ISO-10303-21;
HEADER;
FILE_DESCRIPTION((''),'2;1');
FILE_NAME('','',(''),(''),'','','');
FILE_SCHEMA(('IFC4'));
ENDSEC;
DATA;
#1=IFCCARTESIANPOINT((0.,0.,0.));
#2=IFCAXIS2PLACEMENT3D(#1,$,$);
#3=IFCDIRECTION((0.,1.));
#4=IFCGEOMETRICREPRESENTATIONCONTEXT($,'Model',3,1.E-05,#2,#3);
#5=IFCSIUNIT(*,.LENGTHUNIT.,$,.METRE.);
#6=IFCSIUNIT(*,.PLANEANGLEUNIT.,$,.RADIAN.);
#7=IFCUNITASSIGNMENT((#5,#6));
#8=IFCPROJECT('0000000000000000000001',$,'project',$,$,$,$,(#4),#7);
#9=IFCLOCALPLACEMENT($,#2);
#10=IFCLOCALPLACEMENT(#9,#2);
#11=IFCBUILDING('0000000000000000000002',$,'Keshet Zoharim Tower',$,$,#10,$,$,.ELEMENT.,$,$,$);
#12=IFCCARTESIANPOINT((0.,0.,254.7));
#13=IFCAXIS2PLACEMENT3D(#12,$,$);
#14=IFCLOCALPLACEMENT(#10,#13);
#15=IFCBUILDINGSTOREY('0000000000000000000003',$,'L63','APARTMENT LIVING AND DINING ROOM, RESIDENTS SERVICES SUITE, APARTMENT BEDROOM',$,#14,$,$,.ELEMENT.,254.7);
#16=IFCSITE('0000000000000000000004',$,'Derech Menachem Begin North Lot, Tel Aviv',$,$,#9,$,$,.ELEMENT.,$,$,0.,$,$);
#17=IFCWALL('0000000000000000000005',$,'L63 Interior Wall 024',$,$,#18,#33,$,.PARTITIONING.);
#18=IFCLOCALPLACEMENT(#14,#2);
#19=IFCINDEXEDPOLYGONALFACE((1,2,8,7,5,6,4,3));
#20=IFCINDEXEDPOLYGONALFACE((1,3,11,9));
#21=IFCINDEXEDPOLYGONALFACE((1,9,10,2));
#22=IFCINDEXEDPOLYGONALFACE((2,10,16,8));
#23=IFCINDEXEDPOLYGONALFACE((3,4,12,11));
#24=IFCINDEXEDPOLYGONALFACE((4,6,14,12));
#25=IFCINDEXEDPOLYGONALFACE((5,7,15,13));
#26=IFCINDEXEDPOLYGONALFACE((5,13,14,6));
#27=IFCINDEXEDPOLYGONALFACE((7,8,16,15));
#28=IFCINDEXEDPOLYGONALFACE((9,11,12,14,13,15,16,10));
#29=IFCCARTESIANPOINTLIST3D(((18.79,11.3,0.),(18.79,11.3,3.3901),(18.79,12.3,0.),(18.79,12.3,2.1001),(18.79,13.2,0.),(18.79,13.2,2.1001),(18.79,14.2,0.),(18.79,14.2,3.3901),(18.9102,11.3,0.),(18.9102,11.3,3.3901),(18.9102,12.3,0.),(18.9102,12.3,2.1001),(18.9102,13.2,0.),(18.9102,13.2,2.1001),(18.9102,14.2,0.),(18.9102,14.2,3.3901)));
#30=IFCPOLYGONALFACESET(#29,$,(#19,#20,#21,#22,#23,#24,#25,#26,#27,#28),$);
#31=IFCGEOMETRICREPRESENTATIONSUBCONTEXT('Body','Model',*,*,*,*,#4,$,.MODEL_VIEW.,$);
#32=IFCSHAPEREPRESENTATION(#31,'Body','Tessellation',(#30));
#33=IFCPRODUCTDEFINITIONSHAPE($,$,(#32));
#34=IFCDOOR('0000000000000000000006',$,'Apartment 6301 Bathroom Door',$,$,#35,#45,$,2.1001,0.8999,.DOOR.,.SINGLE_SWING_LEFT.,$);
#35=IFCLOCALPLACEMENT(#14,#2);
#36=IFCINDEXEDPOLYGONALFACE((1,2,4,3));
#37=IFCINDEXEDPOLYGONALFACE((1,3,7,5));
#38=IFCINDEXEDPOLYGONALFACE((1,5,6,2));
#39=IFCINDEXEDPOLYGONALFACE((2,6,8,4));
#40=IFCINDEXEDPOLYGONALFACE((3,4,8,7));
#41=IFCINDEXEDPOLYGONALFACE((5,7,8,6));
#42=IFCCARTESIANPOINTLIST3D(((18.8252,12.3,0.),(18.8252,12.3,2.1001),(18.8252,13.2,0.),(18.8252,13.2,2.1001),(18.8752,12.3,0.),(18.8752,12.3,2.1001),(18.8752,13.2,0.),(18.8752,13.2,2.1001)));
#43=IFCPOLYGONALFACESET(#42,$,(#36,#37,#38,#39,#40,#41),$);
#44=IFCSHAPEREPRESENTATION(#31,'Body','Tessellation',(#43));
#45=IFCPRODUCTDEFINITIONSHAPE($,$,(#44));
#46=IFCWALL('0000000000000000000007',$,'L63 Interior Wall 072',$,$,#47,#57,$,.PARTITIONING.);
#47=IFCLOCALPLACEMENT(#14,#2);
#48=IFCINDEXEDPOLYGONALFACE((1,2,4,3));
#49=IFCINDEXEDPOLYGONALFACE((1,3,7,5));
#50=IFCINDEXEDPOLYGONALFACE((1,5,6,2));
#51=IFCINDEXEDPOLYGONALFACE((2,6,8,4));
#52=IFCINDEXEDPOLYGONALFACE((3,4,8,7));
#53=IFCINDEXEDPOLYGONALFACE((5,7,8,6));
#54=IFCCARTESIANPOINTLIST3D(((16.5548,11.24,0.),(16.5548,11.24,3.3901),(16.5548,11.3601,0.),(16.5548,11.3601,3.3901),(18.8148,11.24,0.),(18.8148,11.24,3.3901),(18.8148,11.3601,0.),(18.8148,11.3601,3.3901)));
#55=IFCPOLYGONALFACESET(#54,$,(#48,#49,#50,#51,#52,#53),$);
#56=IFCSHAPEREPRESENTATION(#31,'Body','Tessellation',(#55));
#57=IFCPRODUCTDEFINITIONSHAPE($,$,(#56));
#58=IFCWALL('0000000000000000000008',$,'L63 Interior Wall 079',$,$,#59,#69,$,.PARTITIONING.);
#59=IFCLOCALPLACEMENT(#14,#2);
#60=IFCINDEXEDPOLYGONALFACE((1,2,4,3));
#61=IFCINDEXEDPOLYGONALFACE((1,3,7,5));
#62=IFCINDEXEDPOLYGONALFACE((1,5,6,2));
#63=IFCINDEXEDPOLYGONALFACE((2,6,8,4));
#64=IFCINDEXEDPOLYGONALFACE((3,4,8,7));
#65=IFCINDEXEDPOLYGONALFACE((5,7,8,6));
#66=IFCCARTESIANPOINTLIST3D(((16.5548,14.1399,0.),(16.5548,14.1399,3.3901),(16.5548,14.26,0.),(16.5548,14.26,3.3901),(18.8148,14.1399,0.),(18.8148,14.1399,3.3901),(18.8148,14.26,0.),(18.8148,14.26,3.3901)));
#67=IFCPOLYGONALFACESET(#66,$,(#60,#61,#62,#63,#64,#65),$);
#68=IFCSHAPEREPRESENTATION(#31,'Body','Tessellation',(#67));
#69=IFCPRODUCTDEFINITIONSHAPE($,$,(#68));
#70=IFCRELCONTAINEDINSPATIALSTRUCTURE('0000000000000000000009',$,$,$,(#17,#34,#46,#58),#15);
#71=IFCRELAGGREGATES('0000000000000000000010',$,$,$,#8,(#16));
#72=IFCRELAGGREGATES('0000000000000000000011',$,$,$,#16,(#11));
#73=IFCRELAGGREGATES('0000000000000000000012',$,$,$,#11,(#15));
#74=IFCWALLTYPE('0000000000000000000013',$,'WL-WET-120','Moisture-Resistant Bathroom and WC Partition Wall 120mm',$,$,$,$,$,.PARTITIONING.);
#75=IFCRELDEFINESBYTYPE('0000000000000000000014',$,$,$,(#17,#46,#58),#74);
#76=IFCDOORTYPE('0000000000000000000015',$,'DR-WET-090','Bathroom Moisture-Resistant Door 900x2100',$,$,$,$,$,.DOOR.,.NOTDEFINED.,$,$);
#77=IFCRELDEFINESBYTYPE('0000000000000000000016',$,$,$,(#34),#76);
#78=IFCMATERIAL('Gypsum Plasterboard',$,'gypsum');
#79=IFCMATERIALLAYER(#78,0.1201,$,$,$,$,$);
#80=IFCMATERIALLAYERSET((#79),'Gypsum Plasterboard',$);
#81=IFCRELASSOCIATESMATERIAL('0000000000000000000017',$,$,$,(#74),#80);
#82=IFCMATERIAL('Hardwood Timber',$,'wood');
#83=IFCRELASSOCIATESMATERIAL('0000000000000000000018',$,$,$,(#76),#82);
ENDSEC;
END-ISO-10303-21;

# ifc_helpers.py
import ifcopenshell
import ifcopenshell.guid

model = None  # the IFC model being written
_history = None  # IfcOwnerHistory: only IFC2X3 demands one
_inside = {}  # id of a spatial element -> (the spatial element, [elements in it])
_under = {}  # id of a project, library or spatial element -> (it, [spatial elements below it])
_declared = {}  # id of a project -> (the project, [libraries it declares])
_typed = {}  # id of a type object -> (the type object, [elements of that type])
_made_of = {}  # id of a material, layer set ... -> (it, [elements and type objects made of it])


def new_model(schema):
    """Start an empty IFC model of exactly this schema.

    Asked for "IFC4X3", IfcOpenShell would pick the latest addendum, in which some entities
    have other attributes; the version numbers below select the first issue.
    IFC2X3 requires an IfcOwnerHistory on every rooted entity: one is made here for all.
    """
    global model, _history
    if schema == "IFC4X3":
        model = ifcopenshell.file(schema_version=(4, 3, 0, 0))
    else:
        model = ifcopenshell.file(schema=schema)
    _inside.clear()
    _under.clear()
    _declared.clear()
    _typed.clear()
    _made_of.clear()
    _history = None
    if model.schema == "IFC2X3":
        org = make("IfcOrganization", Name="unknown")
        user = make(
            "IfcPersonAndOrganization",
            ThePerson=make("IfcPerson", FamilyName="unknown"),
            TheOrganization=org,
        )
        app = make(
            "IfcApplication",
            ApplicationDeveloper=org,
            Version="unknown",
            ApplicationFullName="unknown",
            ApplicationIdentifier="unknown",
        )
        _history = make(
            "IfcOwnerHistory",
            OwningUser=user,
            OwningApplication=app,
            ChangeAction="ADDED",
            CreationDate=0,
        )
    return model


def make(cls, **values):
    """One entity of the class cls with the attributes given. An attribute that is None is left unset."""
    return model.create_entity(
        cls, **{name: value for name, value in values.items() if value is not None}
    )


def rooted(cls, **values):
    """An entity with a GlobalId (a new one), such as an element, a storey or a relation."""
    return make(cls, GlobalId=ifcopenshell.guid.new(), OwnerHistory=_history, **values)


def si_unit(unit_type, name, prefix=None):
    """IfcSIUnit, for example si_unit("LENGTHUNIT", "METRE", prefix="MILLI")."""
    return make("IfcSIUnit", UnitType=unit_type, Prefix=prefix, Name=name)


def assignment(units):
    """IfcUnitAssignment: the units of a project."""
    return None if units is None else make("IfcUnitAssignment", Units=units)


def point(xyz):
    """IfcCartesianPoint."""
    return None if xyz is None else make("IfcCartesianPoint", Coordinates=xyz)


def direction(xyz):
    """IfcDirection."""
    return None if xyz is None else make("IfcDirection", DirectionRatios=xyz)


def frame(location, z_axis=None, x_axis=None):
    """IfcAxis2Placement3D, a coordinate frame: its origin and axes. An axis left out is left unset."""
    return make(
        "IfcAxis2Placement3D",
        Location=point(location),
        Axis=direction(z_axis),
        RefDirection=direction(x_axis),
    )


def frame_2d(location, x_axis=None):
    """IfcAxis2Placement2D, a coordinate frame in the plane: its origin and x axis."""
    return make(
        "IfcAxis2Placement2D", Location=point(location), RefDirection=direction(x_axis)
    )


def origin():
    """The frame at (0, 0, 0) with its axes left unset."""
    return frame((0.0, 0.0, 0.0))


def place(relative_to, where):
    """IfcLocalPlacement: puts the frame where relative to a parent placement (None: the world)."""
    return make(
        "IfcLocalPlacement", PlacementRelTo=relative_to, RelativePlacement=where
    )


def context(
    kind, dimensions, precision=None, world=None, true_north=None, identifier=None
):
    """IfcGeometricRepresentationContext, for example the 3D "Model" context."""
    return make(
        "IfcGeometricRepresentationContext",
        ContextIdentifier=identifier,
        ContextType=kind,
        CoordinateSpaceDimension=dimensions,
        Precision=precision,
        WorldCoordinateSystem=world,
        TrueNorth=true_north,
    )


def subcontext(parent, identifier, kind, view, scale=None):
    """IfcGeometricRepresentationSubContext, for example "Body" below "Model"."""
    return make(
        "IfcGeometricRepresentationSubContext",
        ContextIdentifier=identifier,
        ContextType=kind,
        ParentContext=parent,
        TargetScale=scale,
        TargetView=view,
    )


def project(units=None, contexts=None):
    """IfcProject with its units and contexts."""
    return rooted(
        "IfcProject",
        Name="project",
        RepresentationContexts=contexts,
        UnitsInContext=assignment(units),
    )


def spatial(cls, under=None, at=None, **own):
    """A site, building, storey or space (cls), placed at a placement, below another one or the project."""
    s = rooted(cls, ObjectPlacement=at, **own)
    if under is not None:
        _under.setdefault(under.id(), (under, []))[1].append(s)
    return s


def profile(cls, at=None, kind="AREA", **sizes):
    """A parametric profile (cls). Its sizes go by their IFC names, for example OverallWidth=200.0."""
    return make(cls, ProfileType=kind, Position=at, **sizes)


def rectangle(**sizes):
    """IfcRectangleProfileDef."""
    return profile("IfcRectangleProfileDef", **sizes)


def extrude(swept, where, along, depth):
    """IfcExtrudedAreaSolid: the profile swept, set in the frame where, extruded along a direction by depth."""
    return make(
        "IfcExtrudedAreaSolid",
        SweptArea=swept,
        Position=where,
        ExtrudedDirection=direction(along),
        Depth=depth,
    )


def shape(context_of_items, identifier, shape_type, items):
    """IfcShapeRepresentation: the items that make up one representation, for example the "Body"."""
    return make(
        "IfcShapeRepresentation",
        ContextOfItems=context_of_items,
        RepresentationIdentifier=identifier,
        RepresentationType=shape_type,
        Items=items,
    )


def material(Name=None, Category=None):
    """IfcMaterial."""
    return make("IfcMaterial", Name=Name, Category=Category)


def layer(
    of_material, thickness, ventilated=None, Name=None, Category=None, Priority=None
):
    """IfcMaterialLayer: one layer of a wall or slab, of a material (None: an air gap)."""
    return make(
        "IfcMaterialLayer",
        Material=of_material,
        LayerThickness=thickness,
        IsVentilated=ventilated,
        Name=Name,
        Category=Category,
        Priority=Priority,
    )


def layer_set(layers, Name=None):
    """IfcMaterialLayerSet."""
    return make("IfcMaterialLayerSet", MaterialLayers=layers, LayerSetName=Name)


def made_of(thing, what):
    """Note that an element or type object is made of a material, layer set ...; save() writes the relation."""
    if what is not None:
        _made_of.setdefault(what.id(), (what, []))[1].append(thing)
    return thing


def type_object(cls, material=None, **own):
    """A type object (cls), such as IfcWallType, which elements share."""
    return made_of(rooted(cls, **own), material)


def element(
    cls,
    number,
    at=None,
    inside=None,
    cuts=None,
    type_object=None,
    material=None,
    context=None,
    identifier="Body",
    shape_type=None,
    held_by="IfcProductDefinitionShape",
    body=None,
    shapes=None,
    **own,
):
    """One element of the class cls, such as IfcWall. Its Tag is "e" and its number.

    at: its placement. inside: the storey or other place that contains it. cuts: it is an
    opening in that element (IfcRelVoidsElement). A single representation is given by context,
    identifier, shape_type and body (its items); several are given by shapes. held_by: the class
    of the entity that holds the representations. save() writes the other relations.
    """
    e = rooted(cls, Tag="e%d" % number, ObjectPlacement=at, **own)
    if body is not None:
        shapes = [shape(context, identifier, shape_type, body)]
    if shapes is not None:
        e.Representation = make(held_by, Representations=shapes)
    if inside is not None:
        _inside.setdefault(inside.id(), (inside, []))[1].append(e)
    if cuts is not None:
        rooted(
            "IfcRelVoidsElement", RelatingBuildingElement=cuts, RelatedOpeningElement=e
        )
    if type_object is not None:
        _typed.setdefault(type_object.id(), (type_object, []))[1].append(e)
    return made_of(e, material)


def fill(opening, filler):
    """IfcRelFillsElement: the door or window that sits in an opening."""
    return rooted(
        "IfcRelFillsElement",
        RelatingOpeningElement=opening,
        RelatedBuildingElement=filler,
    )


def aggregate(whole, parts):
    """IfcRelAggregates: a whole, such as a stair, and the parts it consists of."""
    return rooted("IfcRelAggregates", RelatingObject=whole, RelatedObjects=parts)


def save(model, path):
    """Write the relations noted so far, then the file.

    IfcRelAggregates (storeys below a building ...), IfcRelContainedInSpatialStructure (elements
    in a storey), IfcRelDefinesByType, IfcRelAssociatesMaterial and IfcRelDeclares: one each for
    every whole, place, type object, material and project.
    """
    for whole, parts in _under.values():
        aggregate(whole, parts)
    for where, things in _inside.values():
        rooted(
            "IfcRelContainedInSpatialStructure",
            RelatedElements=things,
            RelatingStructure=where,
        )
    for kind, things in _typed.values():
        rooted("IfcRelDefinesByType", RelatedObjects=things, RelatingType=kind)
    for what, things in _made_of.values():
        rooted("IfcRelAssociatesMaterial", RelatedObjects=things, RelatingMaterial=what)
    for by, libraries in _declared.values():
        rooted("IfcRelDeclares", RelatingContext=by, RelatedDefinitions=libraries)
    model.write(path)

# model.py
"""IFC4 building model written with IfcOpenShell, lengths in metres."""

from ifc_helpers import new_model, si_unit, direction, frame, frame_2d, origin, place, context, subcontext, project, spatial, rectangle, extrude, material, layer, layer_set, type_object, element, fill, save


model = new_model("IFC4")

# Units and contexts
model_context = context("Model", 3, precision=1e-05, world=origin(), true_north=direction((0.0, 1.0)))
body_context = subcontext(model_context, "Body", "Model", "MODEL_VIEW")
ifc_project = project(units=[si_unit("LENGTHUNIT", "METRE"), si_unit("PLANEANGLEUNIT", "RADIAN")], contexts=[model_context])

# Site, building, storey
site_placement = place(None, origin())
site = spatial("IfcSite", under=ifc_project, at=site_placement, Name="Derech Menachem Begin North Lot, Tel Aviv", CompositionType="ELEMENT", RefElevation=0.0)
building_placement = place(site_placement, origin())
building = spatial("IfcBuilding", under=site, at=building_placement, Name="Keshet Zoharim Tower", CompositionType="ELEMENT")
storey_placement = place(building_placement, frame((0.0, 0.0, 254.7)))
storey = spatial("IfcBuildingStorey", under=building, at=storey_placement, Name="L63", Description="APARTMENT LIVING AND DINING ROOM, RESIDENTS SERVICES SUITE, APARTMENT BEDROOM", CompositionType="ELEMENT", Elevation=254.7)

# Shared definitions
ifc_material_1 = material(Name="Gypsum Plasterboard", Category="gypsum")

# Shared definitions
ifc_material_2 = material(Name="Hardwood Timber", Category="wood")

# Wall, opening, door
ifc_layer_1 = layer(ifc_material_1, 0.1201)
ifc_layer_set_1 = layer_set([ifc_layer_1], Name="Gypsum Plasterboard")
wall_type_1 = type_object("IfcWallType", Name="WL-WET-120", Description="Moisture-Resistant Bathroom and WC Partition Wall 120mm", PredefinedType="PARTITIONING", material=ifc_layer_set_1)
wall_1_placement = place(storey_placement, frame((18.8501, 11.3, 0.0), z_axis=(0.0, 0.0, 1.0), x_axis=(0.0, 1.0, 0.0)))
wall_1 = element("IfcWall", 1, at=wall_1_placement, inside=storey, type_object=wall_type_1, Name="L63 Interior Wall 024", PredefinedType="PARTITIONING", context=body_context, shape_type="SweptSolid", body=[
    extrude(rectangle(XDim=2.8999, YDim=0.1201, at=frame_2d((1.45, 0.0))), origin(), (0.0, 0.0, 1.0), 3.3901),
])
opening_1_placement = place(wall_1_placement, frame((1.0, 0.0, 0.0)))
opening_1 = element("IfcOpeningElement", 2, at=opening_1_placement, cuts=wall_1, PredefinedType="OPENING", context=body_context, shape_type="SweptSolid", body=[
    extrude(rectangle(XDim=0.8999, YDim=2.1001, at=frame_2d((0.45, 1.05))), frame((0.0, 0.0701, 0.0), z_axis=(0.0, -1.0, 0.0), x_axis=(1.0, 0.0, 0.0)), (0.0, 0.0, 1.0), 0.1401),
])
door_type_1 = type_object("IfcDoorType", Name="DR-WET-090", Description="Bathroom Moisture-Resistant Door 900x2100", OperationType="NOTDEFINED", PredefinedType="DOOR", material=ifc_material_2)
door_1_placement = place(opening_1_placement, origin())
door_1 = element("IfcDoor", 3, at=door_1_placement, inside=storey, type_object=door_type_1, Name="Apartment 6301 Bathroom Door", OperationType="SINGLE_SWING_LEFT", OverallHeight=2.1001, OverallWidth=0.8999, PredefinedType="DOOR", context=body_context, shape_type="SweptSolid", body=[
    extrude(rectangle(XDim=0.8999, YDim=2.1001, at=frame_2d((0.45, 1.05))), frame((0.0, 0.0249, 0.0), z_axis=(0.0, -1.0, 0.0), x_axis=(1.0, 0.0, 0.0)), (0.0, 0.0, 1.0), 0.05),
])
fill(opening_1, door_1)

# Walls
for number, where, z_axis, x_axis, name in (
    (4, (16.5549, 11.3, 0.0), (0.0, 0.0, 1.0), (1.0, 0.0, 0.0), "L63 Interior Wall 072"),
    (5, (16.5549, 14.2, 0.0), (0.0, 0.0, 1.0), (1.0, 0.0, 0.0), "L63 Interior Wall 079"),
):
    element("IfcWall", number, at=place(storey_placement, frame(where, z_axis=z_axis, x_axis=x_axis)), inside=storey, type_object=wall_type_1, Name=name, PredefinedType="PARTITIONING", context=body_context, shape_type="SweptSolid", body=[
        extrude(rectangle(XDim=2.26, YDim=0.1201, at=frame_2d((1.1299, 0.0))), origin(), (0.0, 0.0, 1.0), 3.3901),
    ])

save(model, "model.ifc")
